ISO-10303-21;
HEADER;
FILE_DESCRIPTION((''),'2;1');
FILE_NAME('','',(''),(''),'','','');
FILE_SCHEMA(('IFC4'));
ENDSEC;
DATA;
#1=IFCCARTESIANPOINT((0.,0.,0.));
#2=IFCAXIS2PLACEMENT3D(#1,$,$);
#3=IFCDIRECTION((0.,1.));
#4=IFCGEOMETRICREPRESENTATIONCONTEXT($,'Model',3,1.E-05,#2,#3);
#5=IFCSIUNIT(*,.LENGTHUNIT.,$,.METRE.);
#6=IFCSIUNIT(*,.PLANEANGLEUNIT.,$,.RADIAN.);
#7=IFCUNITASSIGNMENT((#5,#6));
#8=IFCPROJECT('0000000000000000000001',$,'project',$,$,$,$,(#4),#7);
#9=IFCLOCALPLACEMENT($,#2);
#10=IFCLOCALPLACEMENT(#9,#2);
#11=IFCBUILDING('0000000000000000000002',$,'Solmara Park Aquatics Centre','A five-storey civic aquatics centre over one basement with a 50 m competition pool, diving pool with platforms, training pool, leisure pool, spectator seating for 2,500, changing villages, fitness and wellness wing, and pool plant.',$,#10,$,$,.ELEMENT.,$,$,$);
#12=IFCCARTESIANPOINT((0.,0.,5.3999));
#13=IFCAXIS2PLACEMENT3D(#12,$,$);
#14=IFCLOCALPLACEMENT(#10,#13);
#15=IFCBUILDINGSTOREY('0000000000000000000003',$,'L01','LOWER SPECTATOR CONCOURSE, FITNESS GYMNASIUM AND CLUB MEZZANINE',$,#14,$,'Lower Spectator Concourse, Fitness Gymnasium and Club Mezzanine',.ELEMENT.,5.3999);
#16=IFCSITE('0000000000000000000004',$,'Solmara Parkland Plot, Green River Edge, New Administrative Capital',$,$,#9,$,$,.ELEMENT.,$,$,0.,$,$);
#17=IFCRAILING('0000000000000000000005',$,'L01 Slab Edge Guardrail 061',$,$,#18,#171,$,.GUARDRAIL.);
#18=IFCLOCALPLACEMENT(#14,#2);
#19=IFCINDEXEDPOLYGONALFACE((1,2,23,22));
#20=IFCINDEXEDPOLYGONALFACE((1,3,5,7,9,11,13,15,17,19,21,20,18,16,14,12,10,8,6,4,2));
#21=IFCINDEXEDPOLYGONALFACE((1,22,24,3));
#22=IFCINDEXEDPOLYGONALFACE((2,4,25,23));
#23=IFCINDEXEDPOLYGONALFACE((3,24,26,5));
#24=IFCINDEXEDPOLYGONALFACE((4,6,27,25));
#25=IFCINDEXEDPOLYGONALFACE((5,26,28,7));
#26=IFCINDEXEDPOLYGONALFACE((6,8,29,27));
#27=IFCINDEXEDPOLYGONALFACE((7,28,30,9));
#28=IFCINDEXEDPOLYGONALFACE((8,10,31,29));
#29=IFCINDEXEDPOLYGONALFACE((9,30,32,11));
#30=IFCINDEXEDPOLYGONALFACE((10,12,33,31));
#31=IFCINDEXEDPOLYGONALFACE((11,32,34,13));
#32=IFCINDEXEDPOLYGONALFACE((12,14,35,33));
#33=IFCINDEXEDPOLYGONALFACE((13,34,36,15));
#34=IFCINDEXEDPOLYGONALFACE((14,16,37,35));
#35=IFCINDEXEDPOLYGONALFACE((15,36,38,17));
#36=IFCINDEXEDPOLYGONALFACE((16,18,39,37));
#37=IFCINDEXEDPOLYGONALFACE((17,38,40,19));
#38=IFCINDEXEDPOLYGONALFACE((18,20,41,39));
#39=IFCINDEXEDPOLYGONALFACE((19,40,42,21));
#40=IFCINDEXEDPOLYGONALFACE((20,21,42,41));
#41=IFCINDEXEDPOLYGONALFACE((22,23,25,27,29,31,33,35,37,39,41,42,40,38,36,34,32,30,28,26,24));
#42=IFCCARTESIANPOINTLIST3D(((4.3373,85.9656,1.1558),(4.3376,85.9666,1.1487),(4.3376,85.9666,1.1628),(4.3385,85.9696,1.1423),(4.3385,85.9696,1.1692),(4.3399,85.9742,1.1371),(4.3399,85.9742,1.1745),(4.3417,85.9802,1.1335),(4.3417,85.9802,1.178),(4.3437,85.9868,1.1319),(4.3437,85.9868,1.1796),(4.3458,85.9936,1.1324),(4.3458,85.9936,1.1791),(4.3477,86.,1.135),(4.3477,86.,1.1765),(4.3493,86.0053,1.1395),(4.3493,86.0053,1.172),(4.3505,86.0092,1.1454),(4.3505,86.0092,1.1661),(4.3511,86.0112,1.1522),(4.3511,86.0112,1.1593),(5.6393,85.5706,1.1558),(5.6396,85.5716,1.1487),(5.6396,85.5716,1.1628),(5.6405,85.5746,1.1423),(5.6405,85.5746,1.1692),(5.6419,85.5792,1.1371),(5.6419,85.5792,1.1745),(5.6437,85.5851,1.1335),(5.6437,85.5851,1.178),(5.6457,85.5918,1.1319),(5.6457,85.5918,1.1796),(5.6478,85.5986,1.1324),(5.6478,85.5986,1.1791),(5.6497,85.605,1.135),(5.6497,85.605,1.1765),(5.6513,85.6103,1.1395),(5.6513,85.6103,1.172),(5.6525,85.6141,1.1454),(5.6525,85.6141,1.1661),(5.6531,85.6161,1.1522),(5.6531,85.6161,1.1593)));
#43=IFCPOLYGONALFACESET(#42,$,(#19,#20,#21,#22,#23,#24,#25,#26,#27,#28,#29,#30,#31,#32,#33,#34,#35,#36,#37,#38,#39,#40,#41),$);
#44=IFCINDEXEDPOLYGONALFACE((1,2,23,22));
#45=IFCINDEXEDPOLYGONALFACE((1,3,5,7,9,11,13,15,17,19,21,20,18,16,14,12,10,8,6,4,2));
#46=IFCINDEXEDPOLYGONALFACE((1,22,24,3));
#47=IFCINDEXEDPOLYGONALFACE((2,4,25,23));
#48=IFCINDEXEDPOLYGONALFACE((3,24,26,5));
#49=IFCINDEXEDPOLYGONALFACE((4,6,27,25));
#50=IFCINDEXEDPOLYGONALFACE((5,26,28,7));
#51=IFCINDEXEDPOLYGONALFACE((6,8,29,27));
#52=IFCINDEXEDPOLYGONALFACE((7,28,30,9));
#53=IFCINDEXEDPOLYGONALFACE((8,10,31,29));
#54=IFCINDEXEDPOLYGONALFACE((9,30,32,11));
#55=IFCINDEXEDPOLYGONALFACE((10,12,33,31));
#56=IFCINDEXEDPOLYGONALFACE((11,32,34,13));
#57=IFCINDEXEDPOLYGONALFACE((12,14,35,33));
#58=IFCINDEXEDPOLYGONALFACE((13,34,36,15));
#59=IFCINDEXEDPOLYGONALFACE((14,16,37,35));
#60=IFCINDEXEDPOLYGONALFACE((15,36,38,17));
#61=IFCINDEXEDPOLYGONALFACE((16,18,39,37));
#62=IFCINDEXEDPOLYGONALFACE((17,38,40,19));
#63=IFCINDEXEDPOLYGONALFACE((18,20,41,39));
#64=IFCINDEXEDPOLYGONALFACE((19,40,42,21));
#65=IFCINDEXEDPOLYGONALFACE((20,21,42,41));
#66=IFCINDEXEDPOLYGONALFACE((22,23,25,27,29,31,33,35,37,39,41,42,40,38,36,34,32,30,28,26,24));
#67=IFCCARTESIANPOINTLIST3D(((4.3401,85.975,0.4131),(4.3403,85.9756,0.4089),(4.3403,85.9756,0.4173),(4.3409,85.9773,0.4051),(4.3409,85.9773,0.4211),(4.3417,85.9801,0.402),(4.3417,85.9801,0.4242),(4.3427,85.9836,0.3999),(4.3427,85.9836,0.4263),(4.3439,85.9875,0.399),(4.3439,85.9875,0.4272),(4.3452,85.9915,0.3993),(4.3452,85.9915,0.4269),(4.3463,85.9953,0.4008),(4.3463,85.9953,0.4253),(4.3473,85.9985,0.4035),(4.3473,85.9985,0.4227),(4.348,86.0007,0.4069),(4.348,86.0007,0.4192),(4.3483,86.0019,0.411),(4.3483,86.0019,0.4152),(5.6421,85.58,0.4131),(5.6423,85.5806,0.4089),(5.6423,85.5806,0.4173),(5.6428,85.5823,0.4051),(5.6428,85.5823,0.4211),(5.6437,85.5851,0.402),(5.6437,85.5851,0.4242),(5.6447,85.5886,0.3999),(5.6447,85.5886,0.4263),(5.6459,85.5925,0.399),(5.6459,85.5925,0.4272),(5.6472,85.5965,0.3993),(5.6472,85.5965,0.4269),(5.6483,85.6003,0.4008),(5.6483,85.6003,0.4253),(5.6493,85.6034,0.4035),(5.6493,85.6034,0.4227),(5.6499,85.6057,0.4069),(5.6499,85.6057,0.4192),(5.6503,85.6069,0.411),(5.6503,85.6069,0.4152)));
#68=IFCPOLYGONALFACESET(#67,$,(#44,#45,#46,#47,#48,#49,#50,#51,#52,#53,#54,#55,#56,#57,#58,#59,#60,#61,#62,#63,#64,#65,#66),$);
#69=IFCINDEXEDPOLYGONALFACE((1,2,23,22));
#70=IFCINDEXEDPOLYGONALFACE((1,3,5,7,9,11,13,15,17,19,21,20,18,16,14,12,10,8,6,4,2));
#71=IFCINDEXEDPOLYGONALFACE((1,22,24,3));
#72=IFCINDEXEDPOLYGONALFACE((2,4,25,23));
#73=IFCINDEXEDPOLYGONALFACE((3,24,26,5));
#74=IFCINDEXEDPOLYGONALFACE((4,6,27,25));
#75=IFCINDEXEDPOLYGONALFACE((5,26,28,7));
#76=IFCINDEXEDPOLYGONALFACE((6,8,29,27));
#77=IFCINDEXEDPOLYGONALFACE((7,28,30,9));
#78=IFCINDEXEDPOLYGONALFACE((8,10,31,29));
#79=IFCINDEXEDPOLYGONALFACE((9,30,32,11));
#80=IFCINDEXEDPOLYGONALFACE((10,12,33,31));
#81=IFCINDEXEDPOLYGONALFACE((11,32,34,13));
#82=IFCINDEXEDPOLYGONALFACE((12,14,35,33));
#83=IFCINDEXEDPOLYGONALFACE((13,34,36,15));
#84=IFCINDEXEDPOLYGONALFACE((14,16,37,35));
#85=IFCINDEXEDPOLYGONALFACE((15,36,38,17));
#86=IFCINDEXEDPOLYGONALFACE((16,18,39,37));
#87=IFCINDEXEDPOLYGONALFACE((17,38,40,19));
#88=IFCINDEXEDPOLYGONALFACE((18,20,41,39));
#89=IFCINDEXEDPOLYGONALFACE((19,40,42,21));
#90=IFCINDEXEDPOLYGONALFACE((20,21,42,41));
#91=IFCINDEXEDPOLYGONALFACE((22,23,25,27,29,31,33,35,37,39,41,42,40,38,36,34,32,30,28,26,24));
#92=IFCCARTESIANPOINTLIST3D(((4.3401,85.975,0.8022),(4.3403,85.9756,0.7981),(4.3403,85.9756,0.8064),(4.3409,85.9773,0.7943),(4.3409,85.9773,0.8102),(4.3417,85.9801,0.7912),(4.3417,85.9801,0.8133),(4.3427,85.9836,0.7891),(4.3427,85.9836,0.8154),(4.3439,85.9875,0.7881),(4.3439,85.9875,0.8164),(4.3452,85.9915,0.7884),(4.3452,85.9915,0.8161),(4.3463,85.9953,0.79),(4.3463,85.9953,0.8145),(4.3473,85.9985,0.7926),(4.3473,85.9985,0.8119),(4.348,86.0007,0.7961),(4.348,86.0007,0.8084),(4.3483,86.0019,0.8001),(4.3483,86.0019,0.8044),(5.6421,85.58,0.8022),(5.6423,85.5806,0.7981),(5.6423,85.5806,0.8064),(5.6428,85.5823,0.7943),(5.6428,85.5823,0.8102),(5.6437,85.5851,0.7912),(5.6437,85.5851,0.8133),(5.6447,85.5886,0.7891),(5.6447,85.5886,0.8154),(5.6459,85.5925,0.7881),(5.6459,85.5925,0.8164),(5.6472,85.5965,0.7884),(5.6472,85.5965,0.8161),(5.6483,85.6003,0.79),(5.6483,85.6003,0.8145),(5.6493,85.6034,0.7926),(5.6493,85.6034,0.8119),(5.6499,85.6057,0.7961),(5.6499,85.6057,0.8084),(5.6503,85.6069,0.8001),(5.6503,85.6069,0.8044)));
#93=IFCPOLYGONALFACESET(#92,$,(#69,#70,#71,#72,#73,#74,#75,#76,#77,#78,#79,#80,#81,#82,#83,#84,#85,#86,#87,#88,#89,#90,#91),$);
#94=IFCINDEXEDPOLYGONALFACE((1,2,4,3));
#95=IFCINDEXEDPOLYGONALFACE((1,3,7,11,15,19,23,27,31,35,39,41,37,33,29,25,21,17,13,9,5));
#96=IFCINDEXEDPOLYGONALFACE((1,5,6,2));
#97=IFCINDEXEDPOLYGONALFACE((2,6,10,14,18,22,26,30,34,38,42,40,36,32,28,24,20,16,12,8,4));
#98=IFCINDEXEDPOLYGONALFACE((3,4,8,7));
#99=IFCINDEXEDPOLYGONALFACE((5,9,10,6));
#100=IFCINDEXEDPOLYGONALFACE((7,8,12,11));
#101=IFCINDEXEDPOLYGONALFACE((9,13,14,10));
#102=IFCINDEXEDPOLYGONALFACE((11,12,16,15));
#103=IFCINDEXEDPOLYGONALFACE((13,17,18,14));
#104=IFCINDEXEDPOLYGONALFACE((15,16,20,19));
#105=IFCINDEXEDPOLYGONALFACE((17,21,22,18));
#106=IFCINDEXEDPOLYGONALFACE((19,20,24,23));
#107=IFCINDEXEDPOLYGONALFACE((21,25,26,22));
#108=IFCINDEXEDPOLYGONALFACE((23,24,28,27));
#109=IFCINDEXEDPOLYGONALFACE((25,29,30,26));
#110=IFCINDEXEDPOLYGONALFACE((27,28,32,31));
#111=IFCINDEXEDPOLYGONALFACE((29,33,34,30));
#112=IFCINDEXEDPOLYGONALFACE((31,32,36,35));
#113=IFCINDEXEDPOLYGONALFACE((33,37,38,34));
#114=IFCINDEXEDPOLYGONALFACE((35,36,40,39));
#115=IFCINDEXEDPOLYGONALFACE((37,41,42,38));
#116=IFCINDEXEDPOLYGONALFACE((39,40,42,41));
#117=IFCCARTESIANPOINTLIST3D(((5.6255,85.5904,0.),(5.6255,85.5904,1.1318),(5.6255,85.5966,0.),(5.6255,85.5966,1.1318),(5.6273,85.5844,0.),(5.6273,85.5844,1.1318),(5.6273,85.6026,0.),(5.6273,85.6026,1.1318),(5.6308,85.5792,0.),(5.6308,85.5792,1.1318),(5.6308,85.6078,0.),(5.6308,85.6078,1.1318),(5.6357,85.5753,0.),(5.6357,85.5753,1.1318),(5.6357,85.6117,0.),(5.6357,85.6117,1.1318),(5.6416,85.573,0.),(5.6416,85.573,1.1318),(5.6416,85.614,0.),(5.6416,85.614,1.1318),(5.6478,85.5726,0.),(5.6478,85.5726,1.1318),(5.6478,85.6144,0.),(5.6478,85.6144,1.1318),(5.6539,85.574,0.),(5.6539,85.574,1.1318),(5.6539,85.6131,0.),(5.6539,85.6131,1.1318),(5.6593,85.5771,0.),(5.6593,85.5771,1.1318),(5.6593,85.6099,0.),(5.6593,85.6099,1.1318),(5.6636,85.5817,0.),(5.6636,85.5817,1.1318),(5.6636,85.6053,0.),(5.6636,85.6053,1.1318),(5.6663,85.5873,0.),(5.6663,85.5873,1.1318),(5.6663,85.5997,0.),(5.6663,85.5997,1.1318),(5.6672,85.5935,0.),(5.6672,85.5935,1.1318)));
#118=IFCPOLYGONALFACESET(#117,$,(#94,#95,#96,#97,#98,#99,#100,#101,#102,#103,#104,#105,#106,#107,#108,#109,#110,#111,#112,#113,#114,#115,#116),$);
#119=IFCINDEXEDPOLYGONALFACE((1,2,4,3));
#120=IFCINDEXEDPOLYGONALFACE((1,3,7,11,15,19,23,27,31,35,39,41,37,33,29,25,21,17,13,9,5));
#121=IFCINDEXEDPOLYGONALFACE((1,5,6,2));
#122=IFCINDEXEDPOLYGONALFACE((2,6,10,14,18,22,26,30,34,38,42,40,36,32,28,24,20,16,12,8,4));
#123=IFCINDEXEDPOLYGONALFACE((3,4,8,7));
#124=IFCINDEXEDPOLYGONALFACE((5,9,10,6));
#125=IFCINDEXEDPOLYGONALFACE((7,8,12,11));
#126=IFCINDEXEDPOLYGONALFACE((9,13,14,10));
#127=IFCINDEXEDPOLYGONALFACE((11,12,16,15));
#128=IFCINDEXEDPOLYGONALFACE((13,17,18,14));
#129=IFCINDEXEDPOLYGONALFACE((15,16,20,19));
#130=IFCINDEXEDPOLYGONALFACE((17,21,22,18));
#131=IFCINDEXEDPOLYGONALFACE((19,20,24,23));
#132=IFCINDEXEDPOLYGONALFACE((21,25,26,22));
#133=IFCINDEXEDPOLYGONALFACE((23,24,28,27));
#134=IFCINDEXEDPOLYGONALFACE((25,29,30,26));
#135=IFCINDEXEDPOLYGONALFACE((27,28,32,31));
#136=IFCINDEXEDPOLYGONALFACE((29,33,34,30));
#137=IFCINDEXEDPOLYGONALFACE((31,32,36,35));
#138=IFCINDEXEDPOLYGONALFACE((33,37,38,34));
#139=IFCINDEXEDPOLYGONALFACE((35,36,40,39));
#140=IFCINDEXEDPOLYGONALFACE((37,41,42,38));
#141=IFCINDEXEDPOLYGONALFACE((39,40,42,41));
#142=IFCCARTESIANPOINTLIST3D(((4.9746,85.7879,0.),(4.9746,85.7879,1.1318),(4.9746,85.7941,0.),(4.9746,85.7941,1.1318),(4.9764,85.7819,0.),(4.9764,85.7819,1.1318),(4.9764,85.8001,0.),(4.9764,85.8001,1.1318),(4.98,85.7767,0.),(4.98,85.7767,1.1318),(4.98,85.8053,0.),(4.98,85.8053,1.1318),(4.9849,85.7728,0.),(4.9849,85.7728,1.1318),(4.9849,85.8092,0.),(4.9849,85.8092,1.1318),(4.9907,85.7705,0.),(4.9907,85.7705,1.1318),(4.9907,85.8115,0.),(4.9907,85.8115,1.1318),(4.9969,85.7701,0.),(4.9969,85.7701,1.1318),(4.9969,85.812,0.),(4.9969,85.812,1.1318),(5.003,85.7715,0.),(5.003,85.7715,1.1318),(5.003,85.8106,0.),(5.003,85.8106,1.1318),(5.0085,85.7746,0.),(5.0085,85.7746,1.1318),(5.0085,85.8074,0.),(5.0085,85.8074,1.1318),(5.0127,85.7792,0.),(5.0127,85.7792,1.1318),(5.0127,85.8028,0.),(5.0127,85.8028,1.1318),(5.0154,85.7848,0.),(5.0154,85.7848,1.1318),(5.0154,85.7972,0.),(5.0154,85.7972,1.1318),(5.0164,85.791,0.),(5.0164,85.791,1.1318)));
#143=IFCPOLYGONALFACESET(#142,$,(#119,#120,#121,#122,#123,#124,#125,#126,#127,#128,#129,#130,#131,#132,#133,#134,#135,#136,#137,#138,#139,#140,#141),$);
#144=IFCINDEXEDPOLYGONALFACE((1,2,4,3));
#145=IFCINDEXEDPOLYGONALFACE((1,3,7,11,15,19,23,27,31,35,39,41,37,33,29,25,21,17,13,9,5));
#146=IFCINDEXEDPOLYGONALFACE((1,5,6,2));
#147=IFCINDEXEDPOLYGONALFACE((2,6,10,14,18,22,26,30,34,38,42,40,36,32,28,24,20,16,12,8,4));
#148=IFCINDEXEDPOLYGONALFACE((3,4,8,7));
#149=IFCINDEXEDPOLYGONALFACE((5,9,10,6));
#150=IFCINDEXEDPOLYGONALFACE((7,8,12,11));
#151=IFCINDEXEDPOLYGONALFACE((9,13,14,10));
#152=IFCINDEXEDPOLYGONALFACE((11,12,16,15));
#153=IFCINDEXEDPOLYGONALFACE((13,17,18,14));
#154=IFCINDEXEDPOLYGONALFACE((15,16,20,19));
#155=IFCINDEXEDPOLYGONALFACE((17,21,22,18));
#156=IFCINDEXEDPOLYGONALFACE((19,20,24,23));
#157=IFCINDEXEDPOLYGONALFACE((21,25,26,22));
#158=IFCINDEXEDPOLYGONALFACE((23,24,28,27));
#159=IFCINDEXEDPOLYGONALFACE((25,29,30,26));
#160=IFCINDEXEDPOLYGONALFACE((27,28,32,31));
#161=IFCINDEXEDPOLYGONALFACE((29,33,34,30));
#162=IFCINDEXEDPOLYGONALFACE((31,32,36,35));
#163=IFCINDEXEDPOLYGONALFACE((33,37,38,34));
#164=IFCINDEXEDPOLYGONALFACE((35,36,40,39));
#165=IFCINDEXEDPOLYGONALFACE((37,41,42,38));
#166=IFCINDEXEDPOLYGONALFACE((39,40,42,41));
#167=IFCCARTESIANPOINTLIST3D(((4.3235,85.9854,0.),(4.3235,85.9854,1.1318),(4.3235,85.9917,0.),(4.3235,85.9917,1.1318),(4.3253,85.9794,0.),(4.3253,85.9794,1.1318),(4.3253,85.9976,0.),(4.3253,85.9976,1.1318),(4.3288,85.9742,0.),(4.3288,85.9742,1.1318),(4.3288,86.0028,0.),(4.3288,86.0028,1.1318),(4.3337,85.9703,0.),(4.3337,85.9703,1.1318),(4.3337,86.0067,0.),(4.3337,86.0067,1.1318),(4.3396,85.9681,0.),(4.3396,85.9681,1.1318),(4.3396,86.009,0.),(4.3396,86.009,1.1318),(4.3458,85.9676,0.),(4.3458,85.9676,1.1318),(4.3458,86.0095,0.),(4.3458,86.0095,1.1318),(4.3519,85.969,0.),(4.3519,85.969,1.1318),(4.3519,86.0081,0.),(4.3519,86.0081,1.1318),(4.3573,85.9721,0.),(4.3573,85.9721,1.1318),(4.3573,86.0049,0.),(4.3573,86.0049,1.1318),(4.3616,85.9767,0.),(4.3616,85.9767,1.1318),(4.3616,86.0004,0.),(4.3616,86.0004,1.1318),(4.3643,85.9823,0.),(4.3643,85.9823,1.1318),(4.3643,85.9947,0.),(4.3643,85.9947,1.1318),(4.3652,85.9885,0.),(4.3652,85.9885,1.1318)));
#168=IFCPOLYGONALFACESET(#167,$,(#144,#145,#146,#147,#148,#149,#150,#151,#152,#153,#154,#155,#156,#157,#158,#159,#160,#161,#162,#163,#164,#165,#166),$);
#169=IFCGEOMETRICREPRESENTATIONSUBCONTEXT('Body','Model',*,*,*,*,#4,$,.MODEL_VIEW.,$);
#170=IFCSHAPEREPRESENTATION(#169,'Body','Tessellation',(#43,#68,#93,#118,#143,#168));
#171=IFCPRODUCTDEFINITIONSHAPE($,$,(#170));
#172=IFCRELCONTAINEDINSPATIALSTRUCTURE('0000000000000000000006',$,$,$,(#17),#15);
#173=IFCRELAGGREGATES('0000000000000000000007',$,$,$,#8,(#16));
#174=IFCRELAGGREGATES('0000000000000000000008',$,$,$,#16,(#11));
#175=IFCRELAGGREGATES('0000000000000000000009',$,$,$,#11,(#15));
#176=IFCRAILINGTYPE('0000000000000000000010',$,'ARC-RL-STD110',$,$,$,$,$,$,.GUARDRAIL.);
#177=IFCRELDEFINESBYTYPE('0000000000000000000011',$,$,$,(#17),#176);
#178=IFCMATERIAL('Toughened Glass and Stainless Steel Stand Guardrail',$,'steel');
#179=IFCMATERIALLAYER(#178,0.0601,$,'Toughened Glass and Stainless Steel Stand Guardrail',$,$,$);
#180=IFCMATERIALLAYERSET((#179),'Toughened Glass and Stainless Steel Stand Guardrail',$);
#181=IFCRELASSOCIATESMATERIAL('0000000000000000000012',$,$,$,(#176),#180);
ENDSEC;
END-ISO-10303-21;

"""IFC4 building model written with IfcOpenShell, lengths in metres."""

from ifc_helpers import new_model, si_unit, direction, frame, origin, origin_2d, place, context, subcontext, project, spatial, circle, extrude, material, layer, layer_set, type_object, element, save


model = new_model("IFC4")

# Units and contexts
model_context = context("Model", 3, precision=1e-05, world=origin(), true_north=direction((0.0, 1.0)))
body_context = subcontext(model_context, "Body", "Model", "MODEL_VIEW")
ifc_project = project(units=[si_unit("LENGTHUNIT", "METRE"), si_unit("PLANEANGLEUNIT", "RADIAN")], contexts=[model_context])

# Site, building, storey
site_placement = place(None, origin())
site = spatial("IfcSite", under=ifc_project, at=site_placement, Name="Solmara Parkland Plot, Green River Edge, New Administrative Capital", CompositionType="ELEMENT", RefElevation=0.0)
building_placement = place(site_placement, origin())
building = spatial("IfcBuilding", under=site, at=building_placement, Name="Solmara Park Aquatics Centre", Description="A five-storey civic aquatics centre over one basement with a 50 m competition pool, diving pool with platforms, training pool, leisure pool, spectator seating for 2,500, changing villages, fitness and wellness wing, and pool plant.", CompositionType="ELEMENT")
storey_placement = place(building_placement, frame((0.0, 0.0, 5.3999)))
storey = spatial("IfcBuildingStorey", under=building, at=storey_placement, Name="L01", Description="LOWER SPECTATOR CONCOURSE, FITNESS GYMNASIUM AND CLUB MEZZANINE", LongName="Lower Spectator Concourse, Fitness Gymnasium and Club Mezzanine", CompositionType="ELEMENT", Elevation=5.3999)

# Railing
ifc_material_1 = material(Name="Toughened Glass and Stainless Steel Stand Guardrail", Category="steel")
ifc_layer_1 = layer(ifc_material_1, 0.0601, Name="Toughened Glass and Stainless Steel Stand Guardrail")
ifc_layer_set_1 = layer_set([ifc_layer_1], Name="Toughened Glass and Stainless Steel Stand Guardrail")
railing_type = type_object("IfcRailingType", Name="ARC-RL-STD110", PredefinedType="GUARDRAIL", material=ifc_layer_set_1)
railing_1_placement = place(storey_placement, frame((5.6462, 85.5935, 0.0)))
element("IfcRailing", 1, at=railing_1_placement, inside=storey, type_object=railing_type, Name="L01 Slab Edge Guardrail 061", PredefinedType="GUARDRAIL", context=body_context, shape_type="SweptSolid", body=[
    extrude(circle(Radius=0.0239, at=origin_2d()), frame((0.0, 0.0, 1.1558), z_axis=(-0.956928, 0.290326, 0.0), x_axis=(-0.290326, -0.956928, 0.0)), (0.0, 0.0, 1.0), 1.3606),
    extrude(circle(Radius=0.0142, at=origin_2d()), frame((0.0, 0.0, 0.4131), z_axis=(-0.956928, 0.290326, 0.0), x_axis=(-0.290326, -0.956928, 0.0)), (0.0, 0.0, 1.0), 1.3606),
    extrude(circle(Radius=0.0142, at=origin_2d()), frame((0.0, 0.0, 0.8022), z_axis=(-0.956928, 0.290326, 0.0), x_axis=(-0.290326, -0.956928, 0.0)), (0.0, 0.0, 1.0), 1.3606),
    extrude(circle(Radius=0.021, at=origin_2d()), origin(), (0.0, 0.0, 1.0), 1.1318),
    extrude(circle(Radius=0.021, at=origin_2d()), frame((-0.6509, 0.1975, 0.0)), (0.0, 0.0, 1.0), 1.1318),
    extrude(circle(Radius=0.021, at=origin_2d()), frame((-1.302, 0.395, 0.0)), (0.0, 0.0, 1.0), 1.1318),
])

save(model, "model.ifc")
